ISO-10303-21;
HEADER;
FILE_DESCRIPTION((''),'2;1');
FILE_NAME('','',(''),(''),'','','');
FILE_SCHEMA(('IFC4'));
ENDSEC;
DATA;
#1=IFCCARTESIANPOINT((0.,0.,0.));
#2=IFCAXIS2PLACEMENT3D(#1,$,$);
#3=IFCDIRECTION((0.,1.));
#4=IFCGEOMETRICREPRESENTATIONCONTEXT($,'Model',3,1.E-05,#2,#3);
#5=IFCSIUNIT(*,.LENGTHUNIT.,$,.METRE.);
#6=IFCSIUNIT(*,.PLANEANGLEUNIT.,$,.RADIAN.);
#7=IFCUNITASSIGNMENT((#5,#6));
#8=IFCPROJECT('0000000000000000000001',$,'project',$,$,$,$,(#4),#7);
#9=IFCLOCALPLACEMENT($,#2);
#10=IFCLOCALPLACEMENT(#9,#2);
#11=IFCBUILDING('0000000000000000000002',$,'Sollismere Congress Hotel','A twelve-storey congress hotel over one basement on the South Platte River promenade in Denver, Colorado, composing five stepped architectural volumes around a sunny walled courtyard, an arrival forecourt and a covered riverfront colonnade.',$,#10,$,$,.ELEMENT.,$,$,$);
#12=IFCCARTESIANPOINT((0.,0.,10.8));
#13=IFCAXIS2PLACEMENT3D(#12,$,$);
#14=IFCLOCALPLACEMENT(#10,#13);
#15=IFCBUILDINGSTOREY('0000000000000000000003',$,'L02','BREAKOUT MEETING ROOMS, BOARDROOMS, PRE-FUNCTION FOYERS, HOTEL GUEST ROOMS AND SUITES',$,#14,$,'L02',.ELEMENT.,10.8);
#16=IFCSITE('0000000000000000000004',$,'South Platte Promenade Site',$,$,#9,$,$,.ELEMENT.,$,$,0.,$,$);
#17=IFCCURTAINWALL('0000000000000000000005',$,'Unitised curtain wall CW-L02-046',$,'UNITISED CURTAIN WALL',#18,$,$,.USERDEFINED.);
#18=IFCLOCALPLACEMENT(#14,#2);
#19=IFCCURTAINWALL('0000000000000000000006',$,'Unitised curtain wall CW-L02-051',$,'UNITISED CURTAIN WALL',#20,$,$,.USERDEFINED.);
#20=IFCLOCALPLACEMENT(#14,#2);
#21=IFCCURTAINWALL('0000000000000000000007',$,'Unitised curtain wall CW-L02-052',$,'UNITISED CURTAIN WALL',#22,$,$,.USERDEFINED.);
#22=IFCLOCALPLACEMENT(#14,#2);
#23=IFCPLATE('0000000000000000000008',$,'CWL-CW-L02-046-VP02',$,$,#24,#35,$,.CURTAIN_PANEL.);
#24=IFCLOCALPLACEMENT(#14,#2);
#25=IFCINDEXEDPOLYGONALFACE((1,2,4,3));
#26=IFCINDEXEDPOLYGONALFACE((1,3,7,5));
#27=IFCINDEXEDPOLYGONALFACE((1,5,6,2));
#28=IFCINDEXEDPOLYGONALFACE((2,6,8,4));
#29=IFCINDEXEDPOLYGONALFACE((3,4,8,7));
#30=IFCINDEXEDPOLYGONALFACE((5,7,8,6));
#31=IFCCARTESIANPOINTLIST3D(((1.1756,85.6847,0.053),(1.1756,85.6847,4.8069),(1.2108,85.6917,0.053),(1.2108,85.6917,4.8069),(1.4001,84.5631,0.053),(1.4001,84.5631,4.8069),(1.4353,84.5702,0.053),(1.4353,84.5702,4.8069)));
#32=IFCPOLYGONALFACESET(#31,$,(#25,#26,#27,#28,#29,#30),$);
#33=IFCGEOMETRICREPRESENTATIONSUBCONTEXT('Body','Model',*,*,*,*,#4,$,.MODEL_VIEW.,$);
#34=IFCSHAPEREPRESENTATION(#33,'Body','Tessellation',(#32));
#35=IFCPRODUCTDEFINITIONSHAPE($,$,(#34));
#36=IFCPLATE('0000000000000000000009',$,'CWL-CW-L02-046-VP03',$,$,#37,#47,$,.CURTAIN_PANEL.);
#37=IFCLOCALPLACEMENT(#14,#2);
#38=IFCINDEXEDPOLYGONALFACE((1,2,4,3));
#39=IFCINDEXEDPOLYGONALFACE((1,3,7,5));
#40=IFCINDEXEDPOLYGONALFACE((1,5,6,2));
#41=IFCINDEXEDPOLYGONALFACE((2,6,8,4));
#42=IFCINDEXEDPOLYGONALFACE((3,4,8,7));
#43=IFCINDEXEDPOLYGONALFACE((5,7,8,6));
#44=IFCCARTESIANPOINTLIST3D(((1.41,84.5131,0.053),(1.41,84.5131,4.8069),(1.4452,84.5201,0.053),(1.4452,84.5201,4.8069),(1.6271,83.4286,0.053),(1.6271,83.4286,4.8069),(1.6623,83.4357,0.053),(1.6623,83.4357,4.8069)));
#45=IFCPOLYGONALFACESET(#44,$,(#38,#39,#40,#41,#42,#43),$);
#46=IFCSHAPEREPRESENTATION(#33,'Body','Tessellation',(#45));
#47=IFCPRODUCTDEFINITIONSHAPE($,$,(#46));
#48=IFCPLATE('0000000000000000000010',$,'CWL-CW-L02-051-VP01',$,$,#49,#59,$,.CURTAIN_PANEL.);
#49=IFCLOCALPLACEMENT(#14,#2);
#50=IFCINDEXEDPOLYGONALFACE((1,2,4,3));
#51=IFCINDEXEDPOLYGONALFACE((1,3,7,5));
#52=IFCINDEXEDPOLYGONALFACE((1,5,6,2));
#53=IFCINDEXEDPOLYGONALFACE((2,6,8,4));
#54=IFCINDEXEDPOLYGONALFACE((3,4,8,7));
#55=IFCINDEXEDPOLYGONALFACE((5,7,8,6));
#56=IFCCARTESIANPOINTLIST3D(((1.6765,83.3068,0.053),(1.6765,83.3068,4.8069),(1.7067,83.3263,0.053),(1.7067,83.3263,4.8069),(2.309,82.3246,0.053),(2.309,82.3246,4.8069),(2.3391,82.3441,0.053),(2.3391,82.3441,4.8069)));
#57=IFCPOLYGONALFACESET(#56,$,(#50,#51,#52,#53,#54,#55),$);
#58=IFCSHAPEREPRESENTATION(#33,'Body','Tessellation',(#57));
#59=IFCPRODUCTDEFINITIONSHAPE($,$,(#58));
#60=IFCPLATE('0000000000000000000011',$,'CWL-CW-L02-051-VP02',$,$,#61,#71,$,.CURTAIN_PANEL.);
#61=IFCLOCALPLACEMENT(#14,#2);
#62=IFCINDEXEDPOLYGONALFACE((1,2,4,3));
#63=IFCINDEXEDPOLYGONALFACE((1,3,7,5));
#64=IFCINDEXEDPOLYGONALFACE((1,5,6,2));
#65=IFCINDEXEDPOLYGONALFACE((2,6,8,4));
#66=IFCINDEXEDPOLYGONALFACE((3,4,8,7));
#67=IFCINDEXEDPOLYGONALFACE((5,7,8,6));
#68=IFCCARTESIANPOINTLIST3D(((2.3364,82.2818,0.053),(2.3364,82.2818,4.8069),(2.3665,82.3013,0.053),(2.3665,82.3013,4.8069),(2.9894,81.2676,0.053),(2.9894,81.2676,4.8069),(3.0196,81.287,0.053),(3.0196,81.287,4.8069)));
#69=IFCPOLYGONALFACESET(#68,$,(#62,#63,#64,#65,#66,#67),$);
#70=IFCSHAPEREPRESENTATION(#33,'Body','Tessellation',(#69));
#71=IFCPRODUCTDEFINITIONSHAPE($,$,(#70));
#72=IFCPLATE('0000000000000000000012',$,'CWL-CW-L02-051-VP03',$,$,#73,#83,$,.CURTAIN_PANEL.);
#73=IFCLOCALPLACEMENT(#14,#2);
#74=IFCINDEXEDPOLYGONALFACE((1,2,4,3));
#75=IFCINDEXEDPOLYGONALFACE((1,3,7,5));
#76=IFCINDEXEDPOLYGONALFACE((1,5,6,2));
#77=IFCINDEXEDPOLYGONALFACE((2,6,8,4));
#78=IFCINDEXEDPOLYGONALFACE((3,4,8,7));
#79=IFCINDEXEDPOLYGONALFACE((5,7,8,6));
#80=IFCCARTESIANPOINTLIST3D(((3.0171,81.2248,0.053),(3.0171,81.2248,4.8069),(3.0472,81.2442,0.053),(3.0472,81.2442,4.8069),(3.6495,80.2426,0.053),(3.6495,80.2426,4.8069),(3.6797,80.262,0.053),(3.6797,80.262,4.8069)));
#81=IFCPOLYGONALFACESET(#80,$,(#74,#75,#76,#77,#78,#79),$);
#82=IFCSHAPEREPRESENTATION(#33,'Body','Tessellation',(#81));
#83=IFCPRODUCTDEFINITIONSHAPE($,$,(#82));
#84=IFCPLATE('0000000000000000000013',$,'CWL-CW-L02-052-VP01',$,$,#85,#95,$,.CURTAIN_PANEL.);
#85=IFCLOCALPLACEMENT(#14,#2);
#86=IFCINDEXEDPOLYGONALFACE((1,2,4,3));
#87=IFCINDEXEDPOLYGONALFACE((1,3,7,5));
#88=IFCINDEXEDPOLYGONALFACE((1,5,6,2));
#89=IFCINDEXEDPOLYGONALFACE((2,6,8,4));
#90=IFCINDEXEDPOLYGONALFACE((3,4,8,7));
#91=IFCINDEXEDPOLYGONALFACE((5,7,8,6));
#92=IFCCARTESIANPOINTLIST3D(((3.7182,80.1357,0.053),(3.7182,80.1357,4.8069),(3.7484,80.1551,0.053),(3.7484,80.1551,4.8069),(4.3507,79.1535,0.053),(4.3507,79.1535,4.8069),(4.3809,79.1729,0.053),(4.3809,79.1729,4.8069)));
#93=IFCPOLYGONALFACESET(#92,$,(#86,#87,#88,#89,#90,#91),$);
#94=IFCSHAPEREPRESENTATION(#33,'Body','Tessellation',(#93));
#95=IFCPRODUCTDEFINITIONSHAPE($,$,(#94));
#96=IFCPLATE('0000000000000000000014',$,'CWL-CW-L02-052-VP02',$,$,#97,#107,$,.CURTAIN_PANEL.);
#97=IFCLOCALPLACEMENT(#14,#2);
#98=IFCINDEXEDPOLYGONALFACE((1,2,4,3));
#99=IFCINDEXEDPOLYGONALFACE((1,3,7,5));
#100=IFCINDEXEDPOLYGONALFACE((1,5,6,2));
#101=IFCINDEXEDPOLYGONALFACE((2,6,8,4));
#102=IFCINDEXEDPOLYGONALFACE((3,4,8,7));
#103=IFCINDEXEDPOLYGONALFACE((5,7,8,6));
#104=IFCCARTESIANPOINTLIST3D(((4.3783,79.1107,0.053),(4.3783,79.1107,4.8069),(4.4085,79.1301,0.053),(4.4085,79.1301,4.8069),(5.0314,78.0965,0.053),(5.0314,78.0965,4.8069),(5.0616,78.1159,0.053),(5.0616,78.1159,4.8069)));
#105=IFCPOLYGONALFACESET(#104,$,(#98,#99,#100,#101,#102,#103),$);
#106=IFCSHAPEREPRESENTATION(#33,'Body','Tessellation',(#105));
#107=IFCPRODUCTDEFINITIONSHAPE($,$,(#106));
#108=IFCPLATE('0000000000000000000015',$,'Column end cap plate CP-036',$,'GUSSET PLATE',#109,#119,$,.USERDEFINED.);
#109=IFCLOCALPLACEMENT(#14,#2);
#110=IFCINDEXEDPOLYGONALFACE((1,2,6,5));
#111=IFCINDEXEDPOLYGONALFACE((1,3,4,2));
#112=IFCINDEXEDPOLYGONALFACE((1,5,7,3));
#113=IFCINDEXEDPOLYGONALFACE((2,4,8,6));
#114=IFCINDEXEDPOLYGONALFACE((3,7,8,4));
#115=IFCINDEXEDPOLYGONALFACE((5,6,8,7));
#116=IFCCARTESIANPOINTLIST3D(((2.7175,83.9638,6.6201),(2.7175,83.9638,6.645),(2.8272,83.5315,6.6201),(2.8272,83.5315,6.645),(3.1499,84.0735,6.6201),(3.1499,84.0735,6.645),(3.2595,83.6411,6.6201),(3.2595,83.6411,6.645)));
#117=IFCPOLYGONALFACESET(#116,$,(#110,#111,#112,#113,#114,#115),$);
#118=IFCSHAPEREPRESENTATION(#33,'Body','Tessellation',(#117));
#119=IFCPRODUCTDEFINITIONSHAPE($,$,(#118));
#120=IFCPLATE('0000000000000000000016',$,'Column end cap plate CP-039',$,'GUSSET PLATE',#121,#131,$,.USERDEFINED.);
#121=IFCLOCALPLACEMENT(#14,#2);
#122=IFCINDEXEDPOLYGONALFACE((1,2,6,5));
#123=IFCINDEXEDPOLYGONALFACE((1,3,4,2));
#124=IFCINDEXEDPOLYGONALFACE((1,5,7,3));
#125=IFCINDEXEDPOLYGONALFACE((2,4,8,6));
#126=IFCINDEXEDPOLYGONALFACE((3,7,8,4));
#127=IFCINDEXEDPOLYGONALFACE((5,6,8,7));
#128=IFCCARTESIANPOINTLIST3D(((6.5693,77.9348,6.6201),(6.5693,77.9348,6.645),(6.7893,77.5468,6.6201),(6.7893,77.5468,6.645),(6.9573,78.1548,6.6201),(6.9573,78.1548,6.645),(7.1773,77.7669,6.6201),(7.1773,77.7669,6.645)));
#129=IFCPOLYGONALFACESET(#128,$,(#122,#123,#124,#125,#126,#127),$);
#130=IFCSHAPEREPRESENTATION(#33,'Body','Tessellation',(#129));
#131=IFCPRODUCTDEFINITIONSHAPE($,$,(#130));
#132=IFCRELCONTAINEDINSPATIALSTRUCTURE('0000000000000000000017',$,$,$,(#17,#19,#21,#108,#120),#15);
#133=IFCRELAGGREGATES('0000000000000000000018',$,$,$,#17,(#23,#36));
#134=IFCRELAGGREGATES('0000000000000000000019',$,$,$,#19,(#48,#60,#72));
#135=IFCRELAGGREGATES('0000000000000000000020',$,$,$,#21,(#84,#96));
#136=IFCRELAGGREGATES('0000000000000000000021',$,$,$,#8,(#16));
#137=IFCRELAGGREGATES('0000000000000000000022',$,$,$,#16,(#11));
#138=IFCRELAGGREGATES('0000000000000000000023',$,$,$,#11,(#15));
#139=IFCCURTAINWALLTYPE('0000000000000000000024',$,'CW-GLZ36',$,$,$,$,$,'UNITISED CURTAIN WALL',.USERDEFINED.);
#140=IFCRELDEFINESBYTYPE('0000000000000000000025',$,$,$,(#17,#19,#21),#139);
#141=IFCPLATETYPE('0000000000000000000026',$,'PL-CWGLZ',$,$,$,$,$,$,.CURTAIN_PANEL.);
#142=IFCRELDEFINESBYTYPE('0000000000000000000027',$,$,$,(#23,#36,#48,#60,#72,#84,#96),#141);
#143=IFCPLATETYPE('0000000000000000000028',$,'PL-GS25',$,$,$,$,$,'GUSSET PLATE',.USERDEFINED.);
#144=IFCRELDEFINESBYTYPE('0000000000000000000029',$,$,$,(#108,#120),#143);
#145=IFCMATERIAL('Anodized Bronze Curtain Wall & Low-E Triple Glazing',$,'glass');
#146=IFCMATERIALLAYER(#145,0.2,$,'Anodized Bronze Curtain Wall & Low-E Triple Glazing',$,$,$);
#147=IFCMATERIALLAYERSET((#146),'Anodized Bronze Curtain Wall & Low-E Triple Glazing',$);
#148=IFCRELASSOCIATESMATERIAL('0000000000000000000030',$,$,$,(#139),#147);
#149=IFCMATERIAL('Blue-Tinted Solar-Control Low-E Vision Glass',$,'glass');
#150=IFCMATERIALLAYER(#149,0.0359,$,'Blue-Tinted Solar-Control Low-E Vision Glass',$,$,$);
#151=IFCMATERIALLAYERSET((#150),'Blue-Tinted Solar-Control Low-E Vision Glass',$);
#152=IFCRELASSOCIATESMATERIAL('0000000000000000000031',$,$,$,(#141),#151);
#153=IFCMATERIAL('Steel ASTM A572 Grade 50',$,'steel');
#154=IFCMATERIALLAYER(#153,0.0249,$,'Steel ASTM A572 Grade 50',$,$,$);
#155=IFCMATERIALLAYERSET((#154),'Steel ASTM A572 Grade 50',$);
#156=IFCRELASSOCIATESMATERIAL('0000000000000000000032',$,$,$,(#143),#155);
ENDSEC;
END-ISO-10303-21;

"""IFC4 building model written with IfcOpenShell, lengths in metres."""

from ifc_helpers import new_model, si_unit, direction, frame, origin, origin_2d, place, context, subcontext, project, spatial, rectangle, extrude, material, layer, layer_set, type_object, element, aggregate, save


model = new_model("IFC4")

# Units and contexts
model_context = context("Model", 3, precision=1e-05, world=origin(), true_north=direction((0.0, 1.0)))
body_context = subcontext(model_context, "Body", "Model", "MODEL_VIEW")
ifc_project = project(units=[si_unit("LENGTHUNIT", "METRE"), si_unit("PLANEANGLEUNIT", "RADIAN")], contexts=[model_context])

# Site, building, storey
site_placement = place(None, origin())
site = spatial("IfcSite", under=ifc_project, at=site_placement, Name="South Platte Promenade Site", CompositionType="ELEMENT", RefElevation=0.0)
building_placement = place(site_placement, origin())
building = spatial("IfcBuilding", under=site, at=building_placement, Name="Sollismere Congress Hotel", Description="A twelve-storey congress hotel over one basement on the South Platte River promenade in Denver, Colorado, composing five stepped architectural volumes around a sunny walled courtyard, an arrival forecourt and a covered riverfront colonnade.", CompositionType="ELEMENT")
storey_placement = place(building_placement, frame((0.0, 0.0, 10.8)))
storey = spatial("IfcBuildingStorey", under=building, at=storey_placement, Name="L02", Description="BREAKOUT MEETING ROOMS, BOARDROOMS, PRE-FUNCTION FOYERS, HOTEL GUEST ROOMS AND SUITES", LongName="L02", CompositionType="ELEMENT", Elevation=10.8)

# Curtain walls
ifc_material_1 = material(Name="Anodized Bronze Curtain Wall & Low-E Triple Glazing", Category="glass")
ifc_layer_1 = layer(ifc_material_1, 0.2, Name="Anodized Bronze Curtain Wall & Low-E Triple Glazing")
ifc_layer_set_1 = layer_set([ifc_layer_1], Name="Anodized Bronze Curtain Wall & Low-E Triple Glazing")
curtain_wall_type = type_object("IfcCurtainWallType", Name="CW-GLZ36", ElementType="UNITISED CURTAIN WALL", PredefinedType="USERDEFINED", material=ifc_layer_set_1)
curtain_wall_1_placement = place(storey_placement, origin())
curtain_wall_1 = element("IfcCurtainWall", 1, at=curtain_wall_1_placement, inside=storey, type_object=curtain_wall_type, Name="Unitised curtain wall CW-L02-046", ObjectType="UNITISED CURTAIN WALL", PredefinedType="USERDEFINED")
curtain_wall_2_placement = place(storey_placement, origin())
curtain_wall_2 = element("IfcCurtainWall", 2, at=curtain_wall_2_placement, inside=storey, type_object=curtain_wall_type, Name="Unitised curtain wall CW-L02-051", ObjectType="UNITISED CURTAIN WALL", PredefinedType="USERDEFINED")
curtain_wall_3_placement = place(storey_placement, origin())
curtain_wall_3 = element("IfcCurtainWall", 3, at=curtain_wall_3_placement, inside=storey, type_object=curtain_wall_type, Name="Unitised curtain wall CW-L02-052", ObjectType="UNITISED CURTAIN WALL", PredefinedType="USERDEFINED")

# Plates
ifc_material_2 = material(Name="Blue-Tinted Solar-Control Low-E Vision Glass", Category="glass")
ifc_layer_2 = layer(ifc_material_2, 0.0359, Name="Blue-Tinted Solar-Control Low-E Vision Glass")
ifc_layer_set_2 = layer_set([ifc_layer_2], Name="Blue-Tinted Solar-Control Low-E Vision Glass")
plate_type_1 = type_object("IfcPlateType", Name="PL-CWGLZ", PredefinedType="CURTAIN_PANEL", material=ifc_layer_set_2)
plate_1_placement = place(storey_placement, frame((1.3054, 85.1274, 0.053), z_axis=(0.0, 0.0, 1.0), x_axis=(0.196254, -0.980553, 0.0)))
plate_1 = element("IfcPlate", 4, at=plate_1_placement, type_object=plate_type_1, Name="CWL-CW-L02-046-VP02", PredefinedType="CURTAIN_PANEL", context=body_context, shape_type="SweptSolid", body=[
    extrude(rectangle(XDim=1.1438, YDim=0.0359, at=origin_2d()), origin(), (0.0, 0.0, 1.0), 4.7539),
])
plate_2_placement = place(storey_placement, frame((1.5361, 83.9744, 0.053), z_axis=(0.0, 0.0, 1.0), x_axis=(0.196254, -0.980553, 0.0)))
plate_2 = element("IfcPlate", 5, at=plate_2_placement, type_object=plate_type_1, Name="CWL-CW-L02-046-VP03", PredefinedType="CURTAIN_PANEL", context=body_context, shape_type="SweptSolid", body=[
    extrude(rectangle(XDim=1.106, YDim=0.0359, at=origin_2d()), origin(), (0.0, 0.0, 1.0), 4.7539),
])
aggregate(curtain_wall_1, [plate_1, plate_2])
plate_3_placement = place(storey_placement, frame((2.0078, 82.8254, 0.053), z_axis=(0.0, 0.0, 1.0), x_axis=(0.541385, -0.840775, 0.0)))
plate_3 = element("IfcPlate", 6, at=plate_3_placement, type_object=plate_type_1, Name="CWL-CW-L02-051-VP01", PredefinedType="CURTAIN_PANEL", context=body_context, shape_type="SweptSolid", body=[
    extrude(rectangle(XDim=1.1682, YDim=0.0359, at=origin_2d()), origin(), (0.0, 0.0, 1.0), 4.7539),
])
plate_4_placement = place(storey_placement, frame((2.678, 81.7844, 0.053), z_axis=(0.0, 0.0, 1.0), x_axis=(0.541385, -0.840775, 0.0)))
plate_4 = element("IfcPlate", 7, at=plate_4_placement, type_object=plate_type_1, Name="CWL-CW-L02-051-VP02", PredefinedType="CURTAIN_PANEL", context=body_context, shape_type="SweptSolid", body=[
    extrude(rectangle(XDim=1.2063, YDim=0.0359, at=origin_2d()), origin(), (0.0, 0.0, 1.0), 4.7539),
])
plate_5_placement = place(storey_placement, frame((3.3484, 80.7434, 0.053), z_axis=(0.0, 0.0, 1.0), x_axis=(0.541385, -0.840775, 0.0)))
plate_5 = element("IfcPlate", 8, at=plate_5_placement, type_object=plate_type_1, Name="CWL-CW-L02-051-VP03", PredefinedType="CURTAIN_PANEL", context=body_context, shape_type="SweptSolid", body=[
    extrude(rectangle(XDim=1.1682, YDim=0.0359, at=origin_2d()), origin(), (0.0, 0.0, 1.0), 4.7539),
])
aggregate(curtain_wall_2, [plate_3, plate_4, plate_5])
plate_6_placement = place(storey_placement, frame((4.0496, 79.6543, 0.053), z_axis=(0.0, 0.0, 1.0), x_axis=(0.541385, -0.840775, 0.0)))
plate_6 = element("IfcPlate", 9, at=plate_6_placement, type_object=plate_type_1, Name="CWL-CW-L02-052-VP01", PredefinedType="CURTAIN_PANEL", context=body_context, shape_type="SweptSolid", body=[
    extrude(rectangle(XDim=1.1682, YDim=0.0359, at=origin_2d()), origin(), (0.0, 0.0, 1.0), 4.7539),
])
plate_7_placement = place(storey_placement, frame((4.72, 78.6133, 0.053), z_axis=(0.0, 0.0, 1.0), x_axis=(0.541385, -0.840775, 0.0)))
plate_7 = element("IfcPlate", 10, at=plate_7_placement, type_object=plate_type_1, Name="CWL-CW-L02-052-VP02", PredefinedType="CURTAIN_PANEL", context=body_context, shape_type="SweptSolid", body=[
    extrude(rectangle(XDim=1.2063, YDim=0.0359, at=origin_2d()), origin(), (0.0, 0.0, 1.0), 4.7539),
])
aggregate(curtain_wall_3, [plate_6, plate_7])

# Plates
ifc_material_3 = material(Name="Steel ASTM A572 Grade 50", Category="steel")
ifc_layer_3 = layer(ifc_material_3, 0.0249, Name="Steel ASTM A572 Grade 50")
ifc_layer_set_3 = layer_set([ifc_layer_3], Name="Steel ASTM A572 Grade 50")
plate_type_2 = type_object("IfcPlateType", Name="PL-GS25", ElementType="GUSSET PLATE", PredefinedType="USERDEFINED", material=ifc_layer_set_3)
for number, where, z_axis, x_axis, name in (
    (11, (2.9885, 83.8025, 6.6201), (0.0, 0.0, 1.0), (-0.969317, -0.245815, 0.0), "Column end cap plate CP-036"),
    (12, (6.8733, 77.8508, 6.6201), (0.0, 0.0, 1.0), (-0.86984, -0.493335, 0.0), "Column end cap plate CP-039"),
):
    element("IfcPlate", number, at=place(storey_placement, frame(where, z_axis=z_axis, x_axis=x_axis)), inside=storey, type_object=plate_type_2, Name=name, ObjectType="GUSSET PLATE", PredefinedType="USERDEFINED", context=body_context, shape_type="SweptSolid", body=[
        extrude(rectangle(XDim=0.446, YDim=0.446, at=origin_2d()), origin(), (0.0, 0.0, 1.0), 0.0249),
    ])

save(model, "model.ifc")
